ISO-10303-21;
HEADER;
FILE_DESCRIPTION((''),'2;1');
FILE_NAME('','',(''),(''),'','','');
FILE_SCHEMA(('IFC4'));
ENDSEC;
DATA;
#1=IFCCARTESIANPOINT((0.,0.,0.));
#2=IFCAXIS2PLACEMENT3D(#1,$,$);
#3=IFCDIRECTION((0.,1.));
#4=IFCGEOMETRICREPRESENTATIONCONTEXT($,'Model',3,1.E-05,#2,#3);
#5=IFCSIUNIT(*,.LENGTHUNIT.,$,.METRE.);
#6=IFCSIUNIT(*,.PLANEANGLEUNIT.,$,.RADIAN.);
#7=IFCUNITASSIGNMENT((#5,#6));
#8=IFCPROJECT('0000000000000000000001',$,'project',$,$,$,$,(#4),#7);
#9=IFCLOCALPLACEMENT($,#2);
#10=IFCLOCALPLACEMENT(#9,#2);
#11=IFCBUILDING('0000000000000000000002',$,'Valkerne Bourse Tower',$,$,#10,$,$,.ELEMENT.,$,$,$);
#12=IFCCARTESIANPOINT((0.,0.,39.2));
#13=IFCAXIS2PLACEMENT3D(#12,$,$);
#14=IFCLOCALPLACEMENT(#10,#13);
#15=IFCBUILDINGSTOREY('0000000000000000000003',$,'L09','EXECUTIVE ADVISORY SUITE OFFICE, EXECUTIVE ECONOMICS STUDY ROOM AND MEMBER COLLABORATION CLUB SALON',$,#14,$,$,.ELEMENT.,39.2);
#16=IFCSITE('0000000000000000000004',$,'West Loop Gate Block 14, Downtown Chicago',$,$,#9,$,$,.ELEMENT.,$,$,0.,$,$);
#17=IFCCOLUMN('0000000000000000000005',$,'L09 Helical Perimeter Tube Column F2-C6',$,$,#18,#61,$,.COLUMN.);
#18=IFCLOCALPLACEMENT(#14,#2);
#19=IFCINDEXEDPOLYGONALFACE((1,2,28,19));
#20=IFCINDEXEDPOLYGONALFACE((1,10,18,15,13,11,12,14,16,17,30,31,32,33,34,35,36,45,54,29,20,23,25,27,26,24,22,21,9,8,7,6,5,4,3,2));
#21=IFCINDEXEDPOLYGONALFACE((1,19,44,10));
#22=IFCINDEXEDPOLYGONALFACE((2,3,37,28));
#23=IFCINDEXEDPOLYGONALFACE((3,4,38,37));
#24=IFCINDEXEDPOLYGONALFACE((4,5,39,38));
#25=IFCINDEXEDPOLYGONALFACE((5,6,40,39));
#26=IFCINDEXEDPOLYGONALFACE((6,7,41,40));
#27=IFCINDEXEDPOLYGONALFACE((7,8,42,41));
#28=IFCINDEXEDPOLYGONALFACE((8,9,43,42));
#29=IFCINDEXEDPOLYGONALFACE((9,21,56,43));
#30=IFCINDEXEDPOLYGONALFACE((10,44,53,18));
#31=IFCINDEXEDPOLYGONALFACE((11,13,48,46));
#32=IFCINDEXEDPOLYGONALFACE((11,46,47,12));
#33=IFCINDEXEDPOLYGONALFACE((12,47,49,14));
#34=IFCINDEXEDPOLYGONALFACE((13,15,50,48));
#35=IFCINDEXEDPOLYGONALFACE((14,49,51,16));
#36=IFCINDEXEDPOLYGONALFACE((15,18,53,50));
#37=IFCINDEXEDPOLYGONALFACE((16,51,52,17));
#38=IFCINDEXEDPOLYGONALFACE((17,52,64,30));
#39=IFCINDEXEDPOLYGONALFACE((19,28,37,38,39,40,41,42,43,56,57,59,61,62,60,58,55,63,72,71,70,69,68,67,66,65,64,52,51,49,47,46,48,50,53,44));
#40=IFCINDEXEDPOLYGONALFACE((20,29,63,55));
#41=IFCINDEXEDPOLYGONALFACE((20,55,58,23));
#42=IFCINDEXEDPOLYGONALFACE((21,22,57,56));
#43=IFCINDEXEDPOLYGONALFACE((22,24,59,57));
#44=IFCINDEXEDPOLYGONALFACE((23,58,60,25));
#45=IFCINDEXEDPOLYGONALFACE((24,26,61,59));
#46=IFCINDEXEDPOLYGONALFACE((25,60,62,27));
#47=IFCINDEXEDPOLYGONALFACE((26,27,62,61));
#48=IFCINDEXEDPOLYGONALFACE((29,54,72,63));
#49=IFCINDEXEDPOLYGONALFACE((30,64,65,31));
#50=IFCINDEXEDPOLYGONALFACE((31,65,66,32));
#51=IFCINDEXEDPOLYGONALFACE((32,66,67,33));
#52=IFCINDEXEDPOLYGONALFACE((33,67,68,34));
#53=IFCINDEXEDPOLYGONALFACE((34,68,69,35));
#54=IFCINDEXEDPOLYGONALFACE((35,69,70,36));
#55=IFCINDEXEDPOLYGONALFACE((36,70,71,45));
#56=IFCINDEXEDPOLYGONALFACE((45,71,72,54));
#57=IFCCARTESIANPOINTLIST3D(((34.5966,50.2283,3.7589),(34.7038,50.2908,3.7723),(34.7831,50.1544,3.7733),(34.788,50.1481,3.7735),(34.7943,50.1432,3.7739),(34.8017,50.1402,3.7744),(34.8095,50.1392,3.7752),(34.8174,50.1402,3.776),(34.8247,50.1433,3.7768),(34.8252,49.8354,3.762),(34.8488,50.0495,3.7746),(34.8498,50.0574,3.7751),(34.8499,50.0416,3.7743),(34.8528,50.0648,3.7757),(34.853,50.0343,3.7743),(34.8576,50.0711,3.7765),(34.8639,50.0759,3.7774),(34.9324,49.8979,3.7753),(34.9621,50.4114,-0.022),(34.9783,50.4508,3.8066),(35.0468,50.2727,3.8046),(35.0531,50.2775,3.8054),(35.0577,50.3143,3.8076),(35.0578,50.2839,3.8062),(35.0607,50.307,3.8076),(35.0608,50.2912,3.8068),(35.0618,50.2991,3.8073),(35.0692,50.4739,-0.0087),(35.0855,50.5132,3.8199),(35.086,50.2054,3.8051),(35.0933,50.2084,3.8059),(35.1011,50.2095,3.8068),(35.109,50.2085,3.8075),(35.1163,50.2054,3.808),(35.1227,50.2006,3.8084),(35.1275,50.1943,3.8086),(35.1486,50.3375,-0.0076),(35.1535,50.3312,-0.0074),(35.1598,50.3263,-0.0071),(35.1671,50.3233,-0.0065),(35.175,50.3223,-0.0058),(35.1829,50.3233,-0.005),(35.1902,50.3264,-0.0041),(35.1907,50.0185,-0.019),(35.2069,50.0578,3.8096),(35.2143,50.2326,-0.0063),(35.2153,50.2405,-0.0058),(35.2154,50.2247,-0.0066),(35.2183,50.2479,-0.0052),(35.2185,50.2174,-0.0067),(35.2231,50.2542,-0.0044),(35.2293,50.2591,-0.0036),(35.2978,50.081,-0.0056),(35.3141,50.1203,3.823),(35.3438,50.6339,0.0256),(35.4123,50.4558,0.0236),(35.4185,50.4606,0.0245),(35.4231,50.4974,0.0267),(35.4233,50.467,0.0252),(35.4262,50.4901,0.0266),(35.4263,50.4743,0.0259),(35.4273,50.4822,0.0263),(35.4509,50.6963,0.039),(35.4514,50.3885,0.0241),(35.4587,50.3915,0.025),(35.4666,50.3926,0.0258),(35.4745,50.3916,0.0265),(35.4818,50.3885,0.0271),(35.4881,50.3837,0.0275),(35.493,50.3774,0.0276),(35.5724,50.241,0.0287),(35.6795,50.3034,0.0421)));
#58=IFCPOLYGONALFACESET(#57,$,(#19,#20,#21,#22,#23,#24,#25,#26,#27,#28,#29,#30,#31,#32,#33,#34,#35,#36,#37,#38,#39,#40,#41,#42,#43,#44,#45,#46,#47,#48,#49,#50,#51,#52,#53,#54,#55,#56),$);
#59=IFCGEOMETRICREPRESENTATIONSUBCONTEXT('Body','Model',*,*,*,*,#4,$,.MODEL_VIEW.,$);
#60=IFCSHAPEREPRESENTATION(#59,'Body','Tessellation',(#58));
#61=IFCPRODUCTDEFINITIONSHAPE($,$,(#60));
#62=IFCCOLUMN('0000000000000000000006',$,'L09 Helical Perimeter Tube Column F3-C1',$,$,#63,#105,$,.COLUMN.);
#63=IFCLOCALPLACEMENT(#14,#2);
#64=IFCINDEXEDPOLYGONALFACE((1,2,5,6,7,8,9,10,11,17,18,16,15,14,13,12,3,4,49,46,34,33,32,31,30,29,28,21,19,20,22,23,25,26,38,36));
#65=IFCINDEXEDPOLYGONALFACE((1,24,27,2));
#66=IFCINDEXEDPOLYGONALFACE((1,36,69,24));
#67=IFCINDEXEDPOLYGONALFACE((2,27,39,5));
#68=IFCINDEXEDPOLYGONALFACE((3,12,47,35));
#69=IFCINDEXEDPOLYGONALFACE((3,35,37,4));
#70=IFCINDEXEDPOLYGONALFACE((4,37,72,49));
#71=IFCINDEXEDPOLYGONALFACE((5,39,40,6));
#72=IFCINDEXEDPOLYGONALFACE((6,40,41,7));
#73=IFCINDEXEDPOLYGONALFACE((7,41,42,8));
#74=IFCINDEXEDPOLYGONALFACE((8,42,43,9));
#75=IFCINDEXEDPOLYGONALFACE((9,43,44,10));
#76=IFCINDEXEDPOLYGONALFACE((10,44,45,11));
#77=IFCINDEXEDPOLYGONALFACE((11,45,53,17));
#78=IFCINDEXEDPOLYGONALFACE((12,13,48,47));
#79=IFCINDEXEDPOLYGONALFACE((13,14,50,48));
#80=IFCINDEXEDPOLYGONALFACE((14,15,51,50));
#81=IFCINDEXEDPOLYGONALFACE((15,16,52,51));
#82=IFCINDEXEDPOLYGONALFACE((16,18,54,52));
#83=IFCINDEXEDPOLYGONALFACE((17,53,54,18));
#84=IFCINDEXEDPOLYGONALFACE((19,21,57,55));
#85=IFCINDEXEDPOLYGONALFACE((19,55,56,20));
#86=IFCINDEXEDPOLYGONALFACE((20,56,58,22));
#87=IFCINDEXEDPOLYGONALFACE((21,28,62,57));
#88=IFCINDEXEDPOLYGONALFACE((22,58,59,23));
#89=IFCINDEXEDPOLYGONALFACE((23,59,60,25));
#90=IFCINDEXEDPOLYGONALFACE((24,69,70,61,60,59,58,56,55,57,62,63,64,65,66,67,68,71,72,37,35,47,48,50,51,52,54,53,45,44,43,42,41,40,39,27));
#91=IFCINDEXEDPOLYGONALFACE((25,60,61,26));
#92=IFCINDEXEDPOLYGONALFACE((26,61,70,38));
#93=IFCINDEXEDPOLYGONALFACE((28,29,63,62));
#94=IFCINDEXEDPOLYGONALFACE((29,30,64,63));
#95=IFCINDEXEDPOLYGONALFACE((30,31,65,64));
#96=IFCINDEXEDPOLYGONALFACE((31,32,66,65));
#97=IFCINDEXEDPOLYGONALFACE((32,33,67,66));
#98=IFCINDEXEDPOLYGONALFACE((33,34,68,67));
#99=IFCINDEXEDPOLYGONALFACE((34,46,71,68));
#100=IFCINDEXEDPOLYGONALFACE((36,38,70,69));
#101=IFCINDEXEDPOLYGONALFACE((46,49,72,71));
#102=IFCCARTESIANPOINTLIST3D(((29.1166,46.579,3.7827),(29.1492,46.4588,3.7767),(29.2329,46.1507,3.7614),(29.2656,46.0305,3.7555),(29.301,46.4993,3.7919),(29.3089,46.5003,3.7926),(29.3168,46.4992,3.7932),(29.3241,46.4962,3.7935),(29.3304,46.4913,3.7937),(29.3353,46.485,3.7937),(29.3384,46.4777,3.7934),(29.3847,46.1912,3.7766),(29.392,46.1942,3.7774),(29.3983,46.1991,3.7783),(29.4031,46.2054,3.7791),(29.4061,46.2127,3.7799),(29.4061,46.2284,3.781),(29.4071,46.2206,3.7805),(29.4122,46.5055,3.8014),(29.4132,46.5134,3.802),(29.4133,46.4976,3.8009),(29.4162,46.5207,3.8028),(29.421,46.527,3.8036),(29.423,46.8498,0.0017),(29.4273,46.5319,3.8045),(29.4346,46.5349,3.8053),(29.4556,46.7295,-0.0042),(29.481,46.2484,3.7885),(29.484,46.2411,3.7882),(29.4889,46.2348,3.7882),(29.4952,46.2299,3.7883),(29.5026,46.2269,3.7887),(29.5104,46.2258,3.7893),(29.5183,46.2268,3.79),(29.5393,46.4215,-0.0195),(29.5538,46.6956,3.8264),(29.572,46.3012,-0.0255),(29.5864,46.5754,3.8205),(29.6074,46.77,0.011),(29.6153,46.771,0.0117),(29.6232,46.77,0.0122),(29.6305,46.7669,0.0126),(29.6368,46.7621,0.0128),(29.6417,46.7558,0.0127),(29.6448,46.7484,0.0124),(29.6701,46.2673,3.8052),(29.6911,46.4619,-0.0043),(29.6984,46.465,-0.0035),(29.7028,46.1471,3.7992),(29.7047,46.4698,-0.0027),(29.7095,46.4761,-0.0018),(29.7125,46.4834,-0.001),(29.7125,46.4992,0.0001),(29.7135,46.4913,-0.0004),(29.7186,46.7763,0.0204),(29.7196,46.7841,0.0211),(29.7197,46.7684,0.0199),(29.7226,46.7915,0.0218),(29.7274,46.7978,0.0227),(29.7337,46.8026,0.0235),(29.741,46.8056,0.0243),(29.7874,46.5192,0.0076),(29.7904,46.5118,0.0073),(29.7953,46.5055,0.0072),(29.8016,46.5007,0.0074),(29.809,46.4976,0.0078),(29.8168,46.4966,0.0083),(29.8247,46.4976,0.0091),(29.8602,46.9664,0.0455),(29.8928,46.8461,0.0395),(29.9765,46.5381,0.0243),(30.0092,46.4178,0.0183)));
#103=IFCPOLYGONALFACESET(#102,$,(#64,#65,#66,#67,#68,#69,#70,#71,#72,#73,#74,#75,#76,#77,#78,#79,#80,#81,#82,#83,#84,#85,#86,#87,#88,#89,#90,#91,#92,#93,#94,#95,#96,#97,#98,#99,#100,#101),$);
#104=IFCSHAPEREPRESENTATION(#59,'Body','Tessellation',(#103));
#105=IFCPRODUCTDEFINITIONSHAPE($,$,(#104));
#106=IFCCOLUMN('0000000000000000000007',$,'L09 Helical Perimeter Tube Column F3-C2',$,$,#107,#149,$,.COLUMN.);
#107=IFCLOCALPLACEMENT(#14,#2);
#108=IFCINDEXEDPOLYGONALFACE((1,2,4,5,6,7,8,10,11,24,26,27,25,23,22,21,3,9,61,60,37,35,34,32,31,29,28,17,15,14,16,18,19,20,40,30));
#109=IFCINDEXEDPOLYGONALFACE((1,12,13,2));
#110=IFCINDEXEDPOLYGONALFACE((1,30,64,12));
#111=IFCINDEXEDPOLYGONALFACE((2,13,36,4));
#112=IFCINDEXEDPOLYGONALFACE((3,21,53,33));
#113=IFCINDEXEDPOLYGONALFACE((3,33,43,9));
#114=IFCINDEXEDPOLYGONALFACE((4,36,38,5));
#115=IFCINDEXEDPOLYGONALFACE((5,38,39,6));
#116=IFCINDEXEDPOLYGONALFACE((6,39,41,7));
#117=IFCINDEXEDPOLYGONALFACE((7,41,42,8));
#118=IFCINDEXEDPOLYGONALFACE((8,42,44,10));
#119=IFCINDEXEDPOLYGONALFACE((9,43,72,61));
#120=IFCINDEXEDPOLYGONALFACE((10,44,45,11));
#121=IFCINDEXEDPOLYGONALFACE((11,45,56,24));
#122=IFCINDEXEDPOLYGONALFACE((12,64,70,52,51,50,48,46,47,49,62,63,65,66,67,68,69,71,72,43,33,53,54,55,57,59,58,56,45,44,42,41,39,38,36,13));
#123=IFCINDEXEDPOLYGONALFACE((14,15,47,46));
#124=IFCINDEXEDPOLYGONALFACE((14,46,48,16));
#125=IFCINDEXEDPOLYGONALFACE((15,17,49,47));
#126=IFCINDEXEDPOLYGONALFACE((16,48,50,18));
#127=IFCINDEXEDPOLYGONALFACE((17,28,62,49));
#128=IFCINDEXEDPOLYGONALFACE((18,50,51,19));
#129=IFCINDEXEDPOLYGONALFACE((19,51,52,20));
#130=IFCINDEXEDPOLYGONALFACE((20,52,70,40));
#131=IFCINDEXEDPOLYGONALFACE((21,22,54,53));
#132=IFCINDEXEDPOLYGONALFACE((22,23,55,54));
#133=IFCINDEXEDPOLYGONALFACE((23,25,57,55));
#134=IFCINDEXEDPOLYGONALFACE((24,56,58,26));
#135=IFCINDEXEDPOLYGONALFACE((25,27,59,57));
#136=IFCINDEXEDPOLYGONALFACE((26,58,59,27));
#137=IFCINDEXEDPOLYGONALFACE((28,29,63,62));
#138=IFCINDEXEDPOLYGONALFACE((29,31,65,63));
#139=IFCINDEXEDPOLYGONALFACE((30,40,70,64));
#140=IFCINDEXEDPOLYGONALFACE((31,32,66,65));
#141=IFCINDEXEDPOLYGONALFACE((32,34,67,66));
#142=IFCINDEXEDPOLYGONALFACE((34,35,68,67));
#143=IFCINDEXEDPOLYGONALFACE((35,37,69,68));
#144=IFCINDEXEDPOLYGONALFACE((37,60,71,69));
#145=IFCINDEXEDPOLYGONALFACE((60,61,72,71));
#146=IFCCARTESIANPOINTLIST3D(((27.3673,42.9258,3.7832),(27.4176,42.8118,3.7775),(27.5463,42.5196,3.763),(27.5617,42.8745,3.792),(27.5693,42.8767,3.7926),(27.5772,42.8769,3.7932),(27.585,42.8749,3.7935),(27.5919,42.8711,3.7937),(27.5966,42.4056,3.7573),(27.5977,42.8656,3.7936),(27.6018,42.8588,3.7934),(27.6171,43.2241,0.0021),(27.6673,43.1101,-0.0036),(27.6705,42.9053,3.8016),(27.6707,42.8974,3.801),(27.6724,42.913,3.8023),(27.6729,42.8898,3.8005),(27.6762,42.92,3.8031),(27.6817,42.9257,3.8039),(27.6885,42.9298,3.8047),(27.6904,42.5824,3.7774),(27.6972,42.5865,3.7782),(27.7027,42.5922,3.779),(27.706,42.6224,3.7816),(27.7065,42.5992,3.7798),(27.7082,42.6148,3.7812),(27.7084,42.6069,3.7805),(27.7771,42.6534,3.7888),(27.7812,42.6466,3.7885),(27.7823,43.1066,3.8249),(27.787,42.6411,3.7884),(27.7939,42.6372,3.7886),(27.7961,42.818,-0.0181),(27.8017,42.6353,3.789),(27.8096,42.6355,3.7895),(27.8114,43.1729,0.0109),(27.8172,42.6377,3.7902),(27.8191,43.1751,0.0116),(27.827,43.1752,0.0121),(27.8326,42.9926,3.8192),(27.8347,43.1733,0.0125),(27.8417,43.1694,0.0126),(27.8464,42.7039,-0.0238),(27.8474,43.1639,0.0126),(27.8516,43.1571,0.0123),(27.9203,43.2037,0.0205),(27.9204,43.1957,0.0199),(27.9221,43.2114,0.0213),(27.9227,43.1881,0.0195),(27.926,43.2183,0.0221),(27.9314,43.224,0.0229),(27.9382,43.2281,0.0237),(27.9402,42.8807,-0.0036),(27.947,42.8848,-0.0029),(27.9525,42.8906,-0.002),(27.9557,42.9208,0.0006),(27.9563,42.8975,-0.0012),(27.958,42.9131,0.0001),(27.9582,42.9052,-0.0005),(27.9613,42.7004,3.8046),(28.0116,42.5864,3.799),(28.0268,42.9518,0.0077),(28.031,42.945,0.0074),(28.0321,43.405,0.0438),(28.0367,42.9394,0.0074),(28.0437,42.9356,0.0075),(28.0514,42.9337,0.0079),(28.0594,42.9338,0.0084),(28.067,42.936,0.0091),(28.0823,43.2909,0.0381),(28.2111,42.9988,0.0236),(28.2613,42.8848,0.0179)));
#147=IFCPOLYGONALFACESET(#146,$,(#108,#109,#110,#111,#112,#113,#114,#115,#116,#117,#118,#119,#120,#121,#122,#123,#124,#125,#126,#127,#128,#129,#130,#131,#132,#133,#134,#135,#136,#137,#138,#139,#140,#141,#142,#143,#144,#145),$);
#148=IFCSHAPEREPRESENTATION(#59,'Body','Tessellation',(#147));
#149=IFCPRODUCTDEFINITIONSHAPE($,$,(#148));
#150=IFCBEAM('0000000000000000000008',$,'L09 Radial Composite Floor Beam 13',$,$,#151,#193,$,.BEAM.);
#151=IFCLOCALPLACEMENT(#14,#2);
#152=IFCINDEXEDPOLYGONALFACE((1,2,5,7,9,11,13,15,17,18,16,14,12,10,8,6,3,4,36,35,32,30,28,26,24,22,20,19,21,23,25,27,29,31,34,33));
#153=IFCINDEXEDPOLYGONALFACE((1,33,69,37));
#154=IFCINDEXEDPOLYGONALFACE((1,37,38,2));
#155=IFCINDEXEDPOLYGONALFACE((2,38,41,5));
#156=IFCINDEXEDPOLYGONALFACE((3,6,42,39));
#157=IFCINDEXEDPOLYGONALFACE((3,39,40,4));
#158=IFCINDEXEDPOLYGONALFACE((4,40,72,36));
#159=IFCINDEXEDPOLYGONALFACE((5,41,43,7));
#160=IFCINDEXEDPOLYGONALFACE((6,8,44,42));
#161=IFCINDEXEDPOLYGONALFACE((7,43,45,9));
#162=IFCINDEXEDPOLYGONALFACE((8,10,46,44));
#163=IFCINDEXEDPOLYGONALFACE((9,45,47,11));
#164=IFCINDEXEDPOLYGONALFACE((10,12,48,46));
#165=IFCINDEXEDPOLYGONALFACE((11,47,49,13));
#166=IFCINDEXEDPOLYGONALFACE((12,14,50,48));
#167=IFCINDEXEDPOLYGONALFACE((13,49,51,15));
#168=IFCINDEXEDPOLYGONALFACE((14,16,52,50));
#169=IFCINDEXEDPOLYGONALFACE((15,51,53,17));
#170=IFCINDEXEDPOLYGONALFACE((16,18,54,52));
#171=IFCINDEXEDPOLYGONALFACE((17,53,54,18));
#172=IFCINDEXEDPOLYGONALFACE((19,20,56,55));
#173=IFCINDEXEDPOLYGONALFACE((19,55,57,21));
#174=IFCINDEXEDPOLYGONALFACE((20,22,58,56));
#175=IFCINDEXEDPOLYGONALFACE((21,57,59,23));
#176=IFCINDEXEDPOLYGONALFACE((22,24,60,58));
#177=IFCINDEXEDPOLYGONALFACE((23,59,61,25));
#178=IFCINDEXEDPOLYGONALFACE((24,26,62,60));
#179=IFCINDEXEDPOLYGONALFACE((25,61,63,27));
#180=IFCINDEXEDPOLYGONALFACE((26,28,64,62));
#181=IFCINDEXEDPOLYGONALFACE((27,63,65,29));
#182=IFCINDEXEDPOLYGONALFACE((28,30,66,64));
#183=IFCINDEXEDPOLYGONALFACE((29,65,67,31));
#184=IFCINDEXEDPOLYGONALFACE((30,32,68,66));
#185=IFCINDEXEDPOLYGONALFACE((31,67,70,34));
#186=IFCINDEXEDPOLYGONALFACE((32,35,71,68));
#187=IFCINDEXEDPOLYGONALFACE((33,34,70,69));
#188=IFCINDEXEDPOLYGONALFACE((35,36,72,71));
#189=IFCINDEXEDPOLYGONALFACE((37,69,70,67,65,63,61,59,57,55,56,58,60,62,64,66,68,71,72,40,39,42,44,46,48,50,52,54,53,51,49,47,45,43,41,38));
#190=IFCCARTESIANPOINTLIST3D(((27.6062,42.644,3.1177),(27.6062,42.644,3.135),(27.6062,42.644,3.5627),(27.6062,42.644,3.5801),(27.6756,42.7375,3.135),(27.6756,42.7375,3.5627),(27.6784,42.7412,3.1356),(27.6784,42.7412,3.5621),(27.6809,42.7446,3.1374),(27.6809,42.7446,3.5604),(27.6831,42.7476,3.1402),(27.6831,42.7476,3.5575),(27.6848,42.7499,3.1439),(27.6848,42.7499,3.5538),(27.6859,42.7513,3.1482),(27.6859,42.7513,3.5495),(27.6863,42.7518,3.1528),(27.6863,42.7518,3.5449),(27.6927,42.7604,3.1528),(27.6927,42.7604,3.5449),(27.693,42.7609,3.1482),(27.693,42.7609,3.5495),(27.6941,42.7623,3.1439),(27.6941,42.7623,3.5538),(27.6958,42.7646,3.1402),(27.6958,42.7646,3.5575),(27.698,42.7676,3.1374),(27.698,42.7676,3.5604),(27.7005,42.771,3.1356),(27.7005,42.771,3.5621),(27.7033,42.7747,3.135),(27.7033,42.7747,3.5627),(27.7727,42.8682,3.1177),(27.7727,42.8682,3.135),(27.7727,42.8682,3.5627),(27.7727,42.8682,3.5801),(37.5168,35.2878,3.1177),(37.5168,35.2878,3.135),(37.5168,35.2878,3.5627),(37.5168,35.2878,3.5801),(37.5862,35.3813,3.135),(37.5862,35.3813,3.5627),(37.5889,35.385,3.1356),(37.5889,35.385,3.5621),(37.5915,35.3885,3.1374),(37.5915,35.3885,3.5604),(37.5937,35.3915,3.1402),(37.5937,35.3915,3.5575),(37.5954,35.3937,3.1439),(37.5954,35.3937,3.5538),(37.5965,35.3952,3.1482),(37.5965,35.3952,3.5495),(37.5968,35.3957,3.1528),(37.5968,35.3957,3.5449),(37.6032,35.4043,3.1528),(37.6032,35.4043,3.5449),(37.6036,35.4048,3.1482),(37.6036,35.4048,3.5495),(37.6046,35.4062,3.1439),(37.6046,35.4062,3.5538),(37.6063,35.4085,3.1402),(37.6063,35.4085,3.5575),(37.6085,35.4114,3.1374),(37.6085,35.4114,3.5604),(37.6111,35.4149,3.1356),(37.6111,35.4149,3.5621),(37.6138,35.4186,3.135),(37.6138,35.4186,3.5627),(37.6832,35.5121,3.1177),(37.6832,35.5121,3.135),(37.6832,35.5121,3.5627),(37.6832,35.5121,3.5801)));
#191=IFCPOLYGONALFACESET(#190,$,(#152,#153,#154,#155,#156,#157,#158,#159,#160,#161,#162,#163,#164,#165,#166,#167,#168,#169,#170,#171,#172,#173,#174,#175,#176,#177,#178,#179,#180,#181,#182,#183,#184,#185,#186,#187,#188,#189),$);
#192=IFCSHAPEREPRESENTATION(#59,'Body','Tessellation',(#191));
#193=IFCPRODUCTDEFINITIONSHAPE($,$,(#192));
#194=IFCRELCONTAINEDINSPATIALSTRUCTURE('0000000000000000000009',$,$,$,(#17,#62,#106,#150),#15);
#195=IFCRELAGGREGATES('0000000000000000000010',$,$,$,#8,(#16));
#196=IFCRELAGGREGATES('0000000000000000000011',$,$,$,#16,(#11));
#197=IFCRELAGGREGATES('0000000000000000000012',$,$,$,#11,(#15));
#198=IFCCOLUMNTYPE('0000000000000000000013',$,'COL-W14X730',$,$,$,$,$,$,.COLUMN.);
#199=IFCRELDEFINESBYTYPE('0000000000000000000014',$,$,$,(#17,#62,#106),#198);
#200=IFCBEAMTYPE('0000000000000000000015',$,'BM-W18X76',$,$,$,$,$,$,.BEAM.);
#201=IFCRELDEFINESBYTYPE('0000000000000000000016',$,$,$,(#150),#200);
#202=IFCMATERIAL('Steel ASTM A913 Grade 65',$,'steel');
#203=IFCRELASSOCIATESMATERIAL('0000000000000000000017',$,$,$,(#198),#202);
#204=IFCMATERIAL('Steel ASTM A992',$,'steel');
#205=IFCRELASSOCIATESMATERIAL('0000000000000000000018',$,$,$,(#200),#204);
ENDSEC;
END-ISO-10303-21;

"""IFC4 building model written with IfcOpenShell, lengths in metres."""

from ifc_helpers import new_model, si_unit, direction, frame, origin, origin_2d, place, context, subcontext, project, spatial, i_section, extrude, material, material_profile, profile_set, type_object, element, save


model = new_model("IFC4")

# Units and contexts
model_context = context("Model", 3, precision=1e-05, world=origin(), true_north=direction((0.0, 1.0)))
body_context = subcontext(model_context, "Body", "Model", "MODEL_VIEW")
ifc_project = project(units=[si_unit("LENGTHUNIT", "METRE"), si_unit("PLANEANGLEUNIT", "RADIAN")], contexts=[model_context])

# Site, building, storey
site_placement = place(None, origin())
site = spatial("IfcSite", under=ifc_project, at=site_placement, Name="West Loop Gate Block 14, Downtown Chicago", CompositionType="ELEMENT", RefElevation=0.0)
building_placement = place(site_placement, origin())
building = spatial("IfcBuilding", under=site, at=building_placement, Name="Valkerne Bourse Tower", CompositionType="ELEMENT")
storey_placement = place(building_placement, frame((0.0, 0.0, 39.2)))
storey = spatial("IfcBuildingStorey", under=building, at=storey_placement, Name="L09", Description="EXECUTIVE ADVISORY SUITE OFFICE, EXECUTIVE ECONOMICS STUDY ROOM AND MEMBER COLLABORATION CLUB SALON", CompositionType="ELEMENT", Elevation=39.2)

# Columns
ifc_material_1 = material(Name="Steel ASTM A913 Grade 65", Category="steel")
ifc_material_profile_1 = material_profile(ifc_material_1, i_section(OverallWidth=0.4546, OverallDepth=0.5691, WebThickness=0.0779, FlangeThickness=0.1248, FilletRadius=0.0305, at=origin_2d()), Name="W14X730")
ifc_profile_set_1 = profile_set([ifc_material_profile_1], Name="Steel ASTM A913 Grade 65")
column_type = type_object("IfcColumnType", Name="COL-W14X730", PredefinedType="COLUMN", material=ifc_profile_set_1)
for number, where, z_axis, x_axis, name in (
    (1, (35.3208, 50.3574, 0.01), (-0.096102, -0.048147, 0.994206), (-0.50286, 0.864342, -0.006749), "L09 Helical Perimeter Tube Column F2-C6"),
    (2, (29.7161, 46.6338, 0.01), (-0.080566, -0.071193, 0.994204), (-0.961737, -0.256492, -0.096302), "L09 Helical Perimeter Tube Column F3-C1"),
):
    element("IfcColumn", number, at=place(storey_placement, frame(where, z_axis=z_axis, x_axis=x_axis)), inside=storey, type_object=column_type, Name=name, PredefinedType="COLUMN", context=body_context, shape_type="SweptSolid", body=[
        extrude(i_section(OverallWidth=0.4546, OverallDepth=0.5691, WebThickness=0.0779, FlangeThickness=0.1248, FilletRadius=0.0305, at=origin_2d()), origin(), (0.0, 0.0, 1.0), 3.803),
    ])
column_placement = place(storey_placement, frame((27.9392, 43.0544, 0.01), z_axis=(-0.065708, -0.07849, 0.994747), x_axis=(-0.912884, -0.397789, -0.091688)))
element("IfcColumn", 3, at=column_placement, inside=storey, type_object=column_type, Name="L09 Helical Perimeter Tube Column F3-C2", PredefinedType="COLUMN", context=body_context, shape_type="SweptSolid", body=[
    extrude(i_section(OverallWidth=0.4546, OverallDepth=0.5691, WebThickness=0.0779, FlangeThickness=0.1248, FilletRadius=0.0305, at=origin_2d()), origin(), (0.0, 0.0, 1.0), 3.801),
])

# Beam
ifc_material_2 = material(Name="Steel ASTM A992", Category="steel")
ifc_material_profile_2 = material_profile(ifc_material_2, i_section(OverallWidth=0.2793, OverallDepth=0.4624, WebThickness=0.0107, FlangeThickness=0.0173, FilletRadius=0.0178, at=origin_2d()), Name="W18X76")
ifc_profile_set_2 = profile_set([ifc_material_profile_2], Name="Steel ASTM A992")
beam_type_1 = type_object("IfcBeamType", Name="BM-W18X76", PredefinedType="BEAM", material=ifc_profile_set_2)
beam_1_placement = place(storey_placement, frame((27.6895, 42.7561, 3.3489), z_axis=(0.802976, -0.596011, 0.0), x_axis=(0.596011, 0.802976, 0.0)))
element("IfcBeam", 4, at=beam_1_placement, inside=storey, type_object=beam_type_1, Name="L09 Radial Composite Floor Beam 13", PredefinedType="BEAM", context=body_context, shape_type="SweptSolid", body=[
    extrude(i_section(OverallWidth=0.2793, OverallDepth=0.4624, WebThickness=0.0107, FlangeThickness=0.0173, FilletRadius=0.0178, at=origin_2d()), origin(), (0.0, 0.0, 1.0), 12.3423),
])

save(model, "model.ifc")
